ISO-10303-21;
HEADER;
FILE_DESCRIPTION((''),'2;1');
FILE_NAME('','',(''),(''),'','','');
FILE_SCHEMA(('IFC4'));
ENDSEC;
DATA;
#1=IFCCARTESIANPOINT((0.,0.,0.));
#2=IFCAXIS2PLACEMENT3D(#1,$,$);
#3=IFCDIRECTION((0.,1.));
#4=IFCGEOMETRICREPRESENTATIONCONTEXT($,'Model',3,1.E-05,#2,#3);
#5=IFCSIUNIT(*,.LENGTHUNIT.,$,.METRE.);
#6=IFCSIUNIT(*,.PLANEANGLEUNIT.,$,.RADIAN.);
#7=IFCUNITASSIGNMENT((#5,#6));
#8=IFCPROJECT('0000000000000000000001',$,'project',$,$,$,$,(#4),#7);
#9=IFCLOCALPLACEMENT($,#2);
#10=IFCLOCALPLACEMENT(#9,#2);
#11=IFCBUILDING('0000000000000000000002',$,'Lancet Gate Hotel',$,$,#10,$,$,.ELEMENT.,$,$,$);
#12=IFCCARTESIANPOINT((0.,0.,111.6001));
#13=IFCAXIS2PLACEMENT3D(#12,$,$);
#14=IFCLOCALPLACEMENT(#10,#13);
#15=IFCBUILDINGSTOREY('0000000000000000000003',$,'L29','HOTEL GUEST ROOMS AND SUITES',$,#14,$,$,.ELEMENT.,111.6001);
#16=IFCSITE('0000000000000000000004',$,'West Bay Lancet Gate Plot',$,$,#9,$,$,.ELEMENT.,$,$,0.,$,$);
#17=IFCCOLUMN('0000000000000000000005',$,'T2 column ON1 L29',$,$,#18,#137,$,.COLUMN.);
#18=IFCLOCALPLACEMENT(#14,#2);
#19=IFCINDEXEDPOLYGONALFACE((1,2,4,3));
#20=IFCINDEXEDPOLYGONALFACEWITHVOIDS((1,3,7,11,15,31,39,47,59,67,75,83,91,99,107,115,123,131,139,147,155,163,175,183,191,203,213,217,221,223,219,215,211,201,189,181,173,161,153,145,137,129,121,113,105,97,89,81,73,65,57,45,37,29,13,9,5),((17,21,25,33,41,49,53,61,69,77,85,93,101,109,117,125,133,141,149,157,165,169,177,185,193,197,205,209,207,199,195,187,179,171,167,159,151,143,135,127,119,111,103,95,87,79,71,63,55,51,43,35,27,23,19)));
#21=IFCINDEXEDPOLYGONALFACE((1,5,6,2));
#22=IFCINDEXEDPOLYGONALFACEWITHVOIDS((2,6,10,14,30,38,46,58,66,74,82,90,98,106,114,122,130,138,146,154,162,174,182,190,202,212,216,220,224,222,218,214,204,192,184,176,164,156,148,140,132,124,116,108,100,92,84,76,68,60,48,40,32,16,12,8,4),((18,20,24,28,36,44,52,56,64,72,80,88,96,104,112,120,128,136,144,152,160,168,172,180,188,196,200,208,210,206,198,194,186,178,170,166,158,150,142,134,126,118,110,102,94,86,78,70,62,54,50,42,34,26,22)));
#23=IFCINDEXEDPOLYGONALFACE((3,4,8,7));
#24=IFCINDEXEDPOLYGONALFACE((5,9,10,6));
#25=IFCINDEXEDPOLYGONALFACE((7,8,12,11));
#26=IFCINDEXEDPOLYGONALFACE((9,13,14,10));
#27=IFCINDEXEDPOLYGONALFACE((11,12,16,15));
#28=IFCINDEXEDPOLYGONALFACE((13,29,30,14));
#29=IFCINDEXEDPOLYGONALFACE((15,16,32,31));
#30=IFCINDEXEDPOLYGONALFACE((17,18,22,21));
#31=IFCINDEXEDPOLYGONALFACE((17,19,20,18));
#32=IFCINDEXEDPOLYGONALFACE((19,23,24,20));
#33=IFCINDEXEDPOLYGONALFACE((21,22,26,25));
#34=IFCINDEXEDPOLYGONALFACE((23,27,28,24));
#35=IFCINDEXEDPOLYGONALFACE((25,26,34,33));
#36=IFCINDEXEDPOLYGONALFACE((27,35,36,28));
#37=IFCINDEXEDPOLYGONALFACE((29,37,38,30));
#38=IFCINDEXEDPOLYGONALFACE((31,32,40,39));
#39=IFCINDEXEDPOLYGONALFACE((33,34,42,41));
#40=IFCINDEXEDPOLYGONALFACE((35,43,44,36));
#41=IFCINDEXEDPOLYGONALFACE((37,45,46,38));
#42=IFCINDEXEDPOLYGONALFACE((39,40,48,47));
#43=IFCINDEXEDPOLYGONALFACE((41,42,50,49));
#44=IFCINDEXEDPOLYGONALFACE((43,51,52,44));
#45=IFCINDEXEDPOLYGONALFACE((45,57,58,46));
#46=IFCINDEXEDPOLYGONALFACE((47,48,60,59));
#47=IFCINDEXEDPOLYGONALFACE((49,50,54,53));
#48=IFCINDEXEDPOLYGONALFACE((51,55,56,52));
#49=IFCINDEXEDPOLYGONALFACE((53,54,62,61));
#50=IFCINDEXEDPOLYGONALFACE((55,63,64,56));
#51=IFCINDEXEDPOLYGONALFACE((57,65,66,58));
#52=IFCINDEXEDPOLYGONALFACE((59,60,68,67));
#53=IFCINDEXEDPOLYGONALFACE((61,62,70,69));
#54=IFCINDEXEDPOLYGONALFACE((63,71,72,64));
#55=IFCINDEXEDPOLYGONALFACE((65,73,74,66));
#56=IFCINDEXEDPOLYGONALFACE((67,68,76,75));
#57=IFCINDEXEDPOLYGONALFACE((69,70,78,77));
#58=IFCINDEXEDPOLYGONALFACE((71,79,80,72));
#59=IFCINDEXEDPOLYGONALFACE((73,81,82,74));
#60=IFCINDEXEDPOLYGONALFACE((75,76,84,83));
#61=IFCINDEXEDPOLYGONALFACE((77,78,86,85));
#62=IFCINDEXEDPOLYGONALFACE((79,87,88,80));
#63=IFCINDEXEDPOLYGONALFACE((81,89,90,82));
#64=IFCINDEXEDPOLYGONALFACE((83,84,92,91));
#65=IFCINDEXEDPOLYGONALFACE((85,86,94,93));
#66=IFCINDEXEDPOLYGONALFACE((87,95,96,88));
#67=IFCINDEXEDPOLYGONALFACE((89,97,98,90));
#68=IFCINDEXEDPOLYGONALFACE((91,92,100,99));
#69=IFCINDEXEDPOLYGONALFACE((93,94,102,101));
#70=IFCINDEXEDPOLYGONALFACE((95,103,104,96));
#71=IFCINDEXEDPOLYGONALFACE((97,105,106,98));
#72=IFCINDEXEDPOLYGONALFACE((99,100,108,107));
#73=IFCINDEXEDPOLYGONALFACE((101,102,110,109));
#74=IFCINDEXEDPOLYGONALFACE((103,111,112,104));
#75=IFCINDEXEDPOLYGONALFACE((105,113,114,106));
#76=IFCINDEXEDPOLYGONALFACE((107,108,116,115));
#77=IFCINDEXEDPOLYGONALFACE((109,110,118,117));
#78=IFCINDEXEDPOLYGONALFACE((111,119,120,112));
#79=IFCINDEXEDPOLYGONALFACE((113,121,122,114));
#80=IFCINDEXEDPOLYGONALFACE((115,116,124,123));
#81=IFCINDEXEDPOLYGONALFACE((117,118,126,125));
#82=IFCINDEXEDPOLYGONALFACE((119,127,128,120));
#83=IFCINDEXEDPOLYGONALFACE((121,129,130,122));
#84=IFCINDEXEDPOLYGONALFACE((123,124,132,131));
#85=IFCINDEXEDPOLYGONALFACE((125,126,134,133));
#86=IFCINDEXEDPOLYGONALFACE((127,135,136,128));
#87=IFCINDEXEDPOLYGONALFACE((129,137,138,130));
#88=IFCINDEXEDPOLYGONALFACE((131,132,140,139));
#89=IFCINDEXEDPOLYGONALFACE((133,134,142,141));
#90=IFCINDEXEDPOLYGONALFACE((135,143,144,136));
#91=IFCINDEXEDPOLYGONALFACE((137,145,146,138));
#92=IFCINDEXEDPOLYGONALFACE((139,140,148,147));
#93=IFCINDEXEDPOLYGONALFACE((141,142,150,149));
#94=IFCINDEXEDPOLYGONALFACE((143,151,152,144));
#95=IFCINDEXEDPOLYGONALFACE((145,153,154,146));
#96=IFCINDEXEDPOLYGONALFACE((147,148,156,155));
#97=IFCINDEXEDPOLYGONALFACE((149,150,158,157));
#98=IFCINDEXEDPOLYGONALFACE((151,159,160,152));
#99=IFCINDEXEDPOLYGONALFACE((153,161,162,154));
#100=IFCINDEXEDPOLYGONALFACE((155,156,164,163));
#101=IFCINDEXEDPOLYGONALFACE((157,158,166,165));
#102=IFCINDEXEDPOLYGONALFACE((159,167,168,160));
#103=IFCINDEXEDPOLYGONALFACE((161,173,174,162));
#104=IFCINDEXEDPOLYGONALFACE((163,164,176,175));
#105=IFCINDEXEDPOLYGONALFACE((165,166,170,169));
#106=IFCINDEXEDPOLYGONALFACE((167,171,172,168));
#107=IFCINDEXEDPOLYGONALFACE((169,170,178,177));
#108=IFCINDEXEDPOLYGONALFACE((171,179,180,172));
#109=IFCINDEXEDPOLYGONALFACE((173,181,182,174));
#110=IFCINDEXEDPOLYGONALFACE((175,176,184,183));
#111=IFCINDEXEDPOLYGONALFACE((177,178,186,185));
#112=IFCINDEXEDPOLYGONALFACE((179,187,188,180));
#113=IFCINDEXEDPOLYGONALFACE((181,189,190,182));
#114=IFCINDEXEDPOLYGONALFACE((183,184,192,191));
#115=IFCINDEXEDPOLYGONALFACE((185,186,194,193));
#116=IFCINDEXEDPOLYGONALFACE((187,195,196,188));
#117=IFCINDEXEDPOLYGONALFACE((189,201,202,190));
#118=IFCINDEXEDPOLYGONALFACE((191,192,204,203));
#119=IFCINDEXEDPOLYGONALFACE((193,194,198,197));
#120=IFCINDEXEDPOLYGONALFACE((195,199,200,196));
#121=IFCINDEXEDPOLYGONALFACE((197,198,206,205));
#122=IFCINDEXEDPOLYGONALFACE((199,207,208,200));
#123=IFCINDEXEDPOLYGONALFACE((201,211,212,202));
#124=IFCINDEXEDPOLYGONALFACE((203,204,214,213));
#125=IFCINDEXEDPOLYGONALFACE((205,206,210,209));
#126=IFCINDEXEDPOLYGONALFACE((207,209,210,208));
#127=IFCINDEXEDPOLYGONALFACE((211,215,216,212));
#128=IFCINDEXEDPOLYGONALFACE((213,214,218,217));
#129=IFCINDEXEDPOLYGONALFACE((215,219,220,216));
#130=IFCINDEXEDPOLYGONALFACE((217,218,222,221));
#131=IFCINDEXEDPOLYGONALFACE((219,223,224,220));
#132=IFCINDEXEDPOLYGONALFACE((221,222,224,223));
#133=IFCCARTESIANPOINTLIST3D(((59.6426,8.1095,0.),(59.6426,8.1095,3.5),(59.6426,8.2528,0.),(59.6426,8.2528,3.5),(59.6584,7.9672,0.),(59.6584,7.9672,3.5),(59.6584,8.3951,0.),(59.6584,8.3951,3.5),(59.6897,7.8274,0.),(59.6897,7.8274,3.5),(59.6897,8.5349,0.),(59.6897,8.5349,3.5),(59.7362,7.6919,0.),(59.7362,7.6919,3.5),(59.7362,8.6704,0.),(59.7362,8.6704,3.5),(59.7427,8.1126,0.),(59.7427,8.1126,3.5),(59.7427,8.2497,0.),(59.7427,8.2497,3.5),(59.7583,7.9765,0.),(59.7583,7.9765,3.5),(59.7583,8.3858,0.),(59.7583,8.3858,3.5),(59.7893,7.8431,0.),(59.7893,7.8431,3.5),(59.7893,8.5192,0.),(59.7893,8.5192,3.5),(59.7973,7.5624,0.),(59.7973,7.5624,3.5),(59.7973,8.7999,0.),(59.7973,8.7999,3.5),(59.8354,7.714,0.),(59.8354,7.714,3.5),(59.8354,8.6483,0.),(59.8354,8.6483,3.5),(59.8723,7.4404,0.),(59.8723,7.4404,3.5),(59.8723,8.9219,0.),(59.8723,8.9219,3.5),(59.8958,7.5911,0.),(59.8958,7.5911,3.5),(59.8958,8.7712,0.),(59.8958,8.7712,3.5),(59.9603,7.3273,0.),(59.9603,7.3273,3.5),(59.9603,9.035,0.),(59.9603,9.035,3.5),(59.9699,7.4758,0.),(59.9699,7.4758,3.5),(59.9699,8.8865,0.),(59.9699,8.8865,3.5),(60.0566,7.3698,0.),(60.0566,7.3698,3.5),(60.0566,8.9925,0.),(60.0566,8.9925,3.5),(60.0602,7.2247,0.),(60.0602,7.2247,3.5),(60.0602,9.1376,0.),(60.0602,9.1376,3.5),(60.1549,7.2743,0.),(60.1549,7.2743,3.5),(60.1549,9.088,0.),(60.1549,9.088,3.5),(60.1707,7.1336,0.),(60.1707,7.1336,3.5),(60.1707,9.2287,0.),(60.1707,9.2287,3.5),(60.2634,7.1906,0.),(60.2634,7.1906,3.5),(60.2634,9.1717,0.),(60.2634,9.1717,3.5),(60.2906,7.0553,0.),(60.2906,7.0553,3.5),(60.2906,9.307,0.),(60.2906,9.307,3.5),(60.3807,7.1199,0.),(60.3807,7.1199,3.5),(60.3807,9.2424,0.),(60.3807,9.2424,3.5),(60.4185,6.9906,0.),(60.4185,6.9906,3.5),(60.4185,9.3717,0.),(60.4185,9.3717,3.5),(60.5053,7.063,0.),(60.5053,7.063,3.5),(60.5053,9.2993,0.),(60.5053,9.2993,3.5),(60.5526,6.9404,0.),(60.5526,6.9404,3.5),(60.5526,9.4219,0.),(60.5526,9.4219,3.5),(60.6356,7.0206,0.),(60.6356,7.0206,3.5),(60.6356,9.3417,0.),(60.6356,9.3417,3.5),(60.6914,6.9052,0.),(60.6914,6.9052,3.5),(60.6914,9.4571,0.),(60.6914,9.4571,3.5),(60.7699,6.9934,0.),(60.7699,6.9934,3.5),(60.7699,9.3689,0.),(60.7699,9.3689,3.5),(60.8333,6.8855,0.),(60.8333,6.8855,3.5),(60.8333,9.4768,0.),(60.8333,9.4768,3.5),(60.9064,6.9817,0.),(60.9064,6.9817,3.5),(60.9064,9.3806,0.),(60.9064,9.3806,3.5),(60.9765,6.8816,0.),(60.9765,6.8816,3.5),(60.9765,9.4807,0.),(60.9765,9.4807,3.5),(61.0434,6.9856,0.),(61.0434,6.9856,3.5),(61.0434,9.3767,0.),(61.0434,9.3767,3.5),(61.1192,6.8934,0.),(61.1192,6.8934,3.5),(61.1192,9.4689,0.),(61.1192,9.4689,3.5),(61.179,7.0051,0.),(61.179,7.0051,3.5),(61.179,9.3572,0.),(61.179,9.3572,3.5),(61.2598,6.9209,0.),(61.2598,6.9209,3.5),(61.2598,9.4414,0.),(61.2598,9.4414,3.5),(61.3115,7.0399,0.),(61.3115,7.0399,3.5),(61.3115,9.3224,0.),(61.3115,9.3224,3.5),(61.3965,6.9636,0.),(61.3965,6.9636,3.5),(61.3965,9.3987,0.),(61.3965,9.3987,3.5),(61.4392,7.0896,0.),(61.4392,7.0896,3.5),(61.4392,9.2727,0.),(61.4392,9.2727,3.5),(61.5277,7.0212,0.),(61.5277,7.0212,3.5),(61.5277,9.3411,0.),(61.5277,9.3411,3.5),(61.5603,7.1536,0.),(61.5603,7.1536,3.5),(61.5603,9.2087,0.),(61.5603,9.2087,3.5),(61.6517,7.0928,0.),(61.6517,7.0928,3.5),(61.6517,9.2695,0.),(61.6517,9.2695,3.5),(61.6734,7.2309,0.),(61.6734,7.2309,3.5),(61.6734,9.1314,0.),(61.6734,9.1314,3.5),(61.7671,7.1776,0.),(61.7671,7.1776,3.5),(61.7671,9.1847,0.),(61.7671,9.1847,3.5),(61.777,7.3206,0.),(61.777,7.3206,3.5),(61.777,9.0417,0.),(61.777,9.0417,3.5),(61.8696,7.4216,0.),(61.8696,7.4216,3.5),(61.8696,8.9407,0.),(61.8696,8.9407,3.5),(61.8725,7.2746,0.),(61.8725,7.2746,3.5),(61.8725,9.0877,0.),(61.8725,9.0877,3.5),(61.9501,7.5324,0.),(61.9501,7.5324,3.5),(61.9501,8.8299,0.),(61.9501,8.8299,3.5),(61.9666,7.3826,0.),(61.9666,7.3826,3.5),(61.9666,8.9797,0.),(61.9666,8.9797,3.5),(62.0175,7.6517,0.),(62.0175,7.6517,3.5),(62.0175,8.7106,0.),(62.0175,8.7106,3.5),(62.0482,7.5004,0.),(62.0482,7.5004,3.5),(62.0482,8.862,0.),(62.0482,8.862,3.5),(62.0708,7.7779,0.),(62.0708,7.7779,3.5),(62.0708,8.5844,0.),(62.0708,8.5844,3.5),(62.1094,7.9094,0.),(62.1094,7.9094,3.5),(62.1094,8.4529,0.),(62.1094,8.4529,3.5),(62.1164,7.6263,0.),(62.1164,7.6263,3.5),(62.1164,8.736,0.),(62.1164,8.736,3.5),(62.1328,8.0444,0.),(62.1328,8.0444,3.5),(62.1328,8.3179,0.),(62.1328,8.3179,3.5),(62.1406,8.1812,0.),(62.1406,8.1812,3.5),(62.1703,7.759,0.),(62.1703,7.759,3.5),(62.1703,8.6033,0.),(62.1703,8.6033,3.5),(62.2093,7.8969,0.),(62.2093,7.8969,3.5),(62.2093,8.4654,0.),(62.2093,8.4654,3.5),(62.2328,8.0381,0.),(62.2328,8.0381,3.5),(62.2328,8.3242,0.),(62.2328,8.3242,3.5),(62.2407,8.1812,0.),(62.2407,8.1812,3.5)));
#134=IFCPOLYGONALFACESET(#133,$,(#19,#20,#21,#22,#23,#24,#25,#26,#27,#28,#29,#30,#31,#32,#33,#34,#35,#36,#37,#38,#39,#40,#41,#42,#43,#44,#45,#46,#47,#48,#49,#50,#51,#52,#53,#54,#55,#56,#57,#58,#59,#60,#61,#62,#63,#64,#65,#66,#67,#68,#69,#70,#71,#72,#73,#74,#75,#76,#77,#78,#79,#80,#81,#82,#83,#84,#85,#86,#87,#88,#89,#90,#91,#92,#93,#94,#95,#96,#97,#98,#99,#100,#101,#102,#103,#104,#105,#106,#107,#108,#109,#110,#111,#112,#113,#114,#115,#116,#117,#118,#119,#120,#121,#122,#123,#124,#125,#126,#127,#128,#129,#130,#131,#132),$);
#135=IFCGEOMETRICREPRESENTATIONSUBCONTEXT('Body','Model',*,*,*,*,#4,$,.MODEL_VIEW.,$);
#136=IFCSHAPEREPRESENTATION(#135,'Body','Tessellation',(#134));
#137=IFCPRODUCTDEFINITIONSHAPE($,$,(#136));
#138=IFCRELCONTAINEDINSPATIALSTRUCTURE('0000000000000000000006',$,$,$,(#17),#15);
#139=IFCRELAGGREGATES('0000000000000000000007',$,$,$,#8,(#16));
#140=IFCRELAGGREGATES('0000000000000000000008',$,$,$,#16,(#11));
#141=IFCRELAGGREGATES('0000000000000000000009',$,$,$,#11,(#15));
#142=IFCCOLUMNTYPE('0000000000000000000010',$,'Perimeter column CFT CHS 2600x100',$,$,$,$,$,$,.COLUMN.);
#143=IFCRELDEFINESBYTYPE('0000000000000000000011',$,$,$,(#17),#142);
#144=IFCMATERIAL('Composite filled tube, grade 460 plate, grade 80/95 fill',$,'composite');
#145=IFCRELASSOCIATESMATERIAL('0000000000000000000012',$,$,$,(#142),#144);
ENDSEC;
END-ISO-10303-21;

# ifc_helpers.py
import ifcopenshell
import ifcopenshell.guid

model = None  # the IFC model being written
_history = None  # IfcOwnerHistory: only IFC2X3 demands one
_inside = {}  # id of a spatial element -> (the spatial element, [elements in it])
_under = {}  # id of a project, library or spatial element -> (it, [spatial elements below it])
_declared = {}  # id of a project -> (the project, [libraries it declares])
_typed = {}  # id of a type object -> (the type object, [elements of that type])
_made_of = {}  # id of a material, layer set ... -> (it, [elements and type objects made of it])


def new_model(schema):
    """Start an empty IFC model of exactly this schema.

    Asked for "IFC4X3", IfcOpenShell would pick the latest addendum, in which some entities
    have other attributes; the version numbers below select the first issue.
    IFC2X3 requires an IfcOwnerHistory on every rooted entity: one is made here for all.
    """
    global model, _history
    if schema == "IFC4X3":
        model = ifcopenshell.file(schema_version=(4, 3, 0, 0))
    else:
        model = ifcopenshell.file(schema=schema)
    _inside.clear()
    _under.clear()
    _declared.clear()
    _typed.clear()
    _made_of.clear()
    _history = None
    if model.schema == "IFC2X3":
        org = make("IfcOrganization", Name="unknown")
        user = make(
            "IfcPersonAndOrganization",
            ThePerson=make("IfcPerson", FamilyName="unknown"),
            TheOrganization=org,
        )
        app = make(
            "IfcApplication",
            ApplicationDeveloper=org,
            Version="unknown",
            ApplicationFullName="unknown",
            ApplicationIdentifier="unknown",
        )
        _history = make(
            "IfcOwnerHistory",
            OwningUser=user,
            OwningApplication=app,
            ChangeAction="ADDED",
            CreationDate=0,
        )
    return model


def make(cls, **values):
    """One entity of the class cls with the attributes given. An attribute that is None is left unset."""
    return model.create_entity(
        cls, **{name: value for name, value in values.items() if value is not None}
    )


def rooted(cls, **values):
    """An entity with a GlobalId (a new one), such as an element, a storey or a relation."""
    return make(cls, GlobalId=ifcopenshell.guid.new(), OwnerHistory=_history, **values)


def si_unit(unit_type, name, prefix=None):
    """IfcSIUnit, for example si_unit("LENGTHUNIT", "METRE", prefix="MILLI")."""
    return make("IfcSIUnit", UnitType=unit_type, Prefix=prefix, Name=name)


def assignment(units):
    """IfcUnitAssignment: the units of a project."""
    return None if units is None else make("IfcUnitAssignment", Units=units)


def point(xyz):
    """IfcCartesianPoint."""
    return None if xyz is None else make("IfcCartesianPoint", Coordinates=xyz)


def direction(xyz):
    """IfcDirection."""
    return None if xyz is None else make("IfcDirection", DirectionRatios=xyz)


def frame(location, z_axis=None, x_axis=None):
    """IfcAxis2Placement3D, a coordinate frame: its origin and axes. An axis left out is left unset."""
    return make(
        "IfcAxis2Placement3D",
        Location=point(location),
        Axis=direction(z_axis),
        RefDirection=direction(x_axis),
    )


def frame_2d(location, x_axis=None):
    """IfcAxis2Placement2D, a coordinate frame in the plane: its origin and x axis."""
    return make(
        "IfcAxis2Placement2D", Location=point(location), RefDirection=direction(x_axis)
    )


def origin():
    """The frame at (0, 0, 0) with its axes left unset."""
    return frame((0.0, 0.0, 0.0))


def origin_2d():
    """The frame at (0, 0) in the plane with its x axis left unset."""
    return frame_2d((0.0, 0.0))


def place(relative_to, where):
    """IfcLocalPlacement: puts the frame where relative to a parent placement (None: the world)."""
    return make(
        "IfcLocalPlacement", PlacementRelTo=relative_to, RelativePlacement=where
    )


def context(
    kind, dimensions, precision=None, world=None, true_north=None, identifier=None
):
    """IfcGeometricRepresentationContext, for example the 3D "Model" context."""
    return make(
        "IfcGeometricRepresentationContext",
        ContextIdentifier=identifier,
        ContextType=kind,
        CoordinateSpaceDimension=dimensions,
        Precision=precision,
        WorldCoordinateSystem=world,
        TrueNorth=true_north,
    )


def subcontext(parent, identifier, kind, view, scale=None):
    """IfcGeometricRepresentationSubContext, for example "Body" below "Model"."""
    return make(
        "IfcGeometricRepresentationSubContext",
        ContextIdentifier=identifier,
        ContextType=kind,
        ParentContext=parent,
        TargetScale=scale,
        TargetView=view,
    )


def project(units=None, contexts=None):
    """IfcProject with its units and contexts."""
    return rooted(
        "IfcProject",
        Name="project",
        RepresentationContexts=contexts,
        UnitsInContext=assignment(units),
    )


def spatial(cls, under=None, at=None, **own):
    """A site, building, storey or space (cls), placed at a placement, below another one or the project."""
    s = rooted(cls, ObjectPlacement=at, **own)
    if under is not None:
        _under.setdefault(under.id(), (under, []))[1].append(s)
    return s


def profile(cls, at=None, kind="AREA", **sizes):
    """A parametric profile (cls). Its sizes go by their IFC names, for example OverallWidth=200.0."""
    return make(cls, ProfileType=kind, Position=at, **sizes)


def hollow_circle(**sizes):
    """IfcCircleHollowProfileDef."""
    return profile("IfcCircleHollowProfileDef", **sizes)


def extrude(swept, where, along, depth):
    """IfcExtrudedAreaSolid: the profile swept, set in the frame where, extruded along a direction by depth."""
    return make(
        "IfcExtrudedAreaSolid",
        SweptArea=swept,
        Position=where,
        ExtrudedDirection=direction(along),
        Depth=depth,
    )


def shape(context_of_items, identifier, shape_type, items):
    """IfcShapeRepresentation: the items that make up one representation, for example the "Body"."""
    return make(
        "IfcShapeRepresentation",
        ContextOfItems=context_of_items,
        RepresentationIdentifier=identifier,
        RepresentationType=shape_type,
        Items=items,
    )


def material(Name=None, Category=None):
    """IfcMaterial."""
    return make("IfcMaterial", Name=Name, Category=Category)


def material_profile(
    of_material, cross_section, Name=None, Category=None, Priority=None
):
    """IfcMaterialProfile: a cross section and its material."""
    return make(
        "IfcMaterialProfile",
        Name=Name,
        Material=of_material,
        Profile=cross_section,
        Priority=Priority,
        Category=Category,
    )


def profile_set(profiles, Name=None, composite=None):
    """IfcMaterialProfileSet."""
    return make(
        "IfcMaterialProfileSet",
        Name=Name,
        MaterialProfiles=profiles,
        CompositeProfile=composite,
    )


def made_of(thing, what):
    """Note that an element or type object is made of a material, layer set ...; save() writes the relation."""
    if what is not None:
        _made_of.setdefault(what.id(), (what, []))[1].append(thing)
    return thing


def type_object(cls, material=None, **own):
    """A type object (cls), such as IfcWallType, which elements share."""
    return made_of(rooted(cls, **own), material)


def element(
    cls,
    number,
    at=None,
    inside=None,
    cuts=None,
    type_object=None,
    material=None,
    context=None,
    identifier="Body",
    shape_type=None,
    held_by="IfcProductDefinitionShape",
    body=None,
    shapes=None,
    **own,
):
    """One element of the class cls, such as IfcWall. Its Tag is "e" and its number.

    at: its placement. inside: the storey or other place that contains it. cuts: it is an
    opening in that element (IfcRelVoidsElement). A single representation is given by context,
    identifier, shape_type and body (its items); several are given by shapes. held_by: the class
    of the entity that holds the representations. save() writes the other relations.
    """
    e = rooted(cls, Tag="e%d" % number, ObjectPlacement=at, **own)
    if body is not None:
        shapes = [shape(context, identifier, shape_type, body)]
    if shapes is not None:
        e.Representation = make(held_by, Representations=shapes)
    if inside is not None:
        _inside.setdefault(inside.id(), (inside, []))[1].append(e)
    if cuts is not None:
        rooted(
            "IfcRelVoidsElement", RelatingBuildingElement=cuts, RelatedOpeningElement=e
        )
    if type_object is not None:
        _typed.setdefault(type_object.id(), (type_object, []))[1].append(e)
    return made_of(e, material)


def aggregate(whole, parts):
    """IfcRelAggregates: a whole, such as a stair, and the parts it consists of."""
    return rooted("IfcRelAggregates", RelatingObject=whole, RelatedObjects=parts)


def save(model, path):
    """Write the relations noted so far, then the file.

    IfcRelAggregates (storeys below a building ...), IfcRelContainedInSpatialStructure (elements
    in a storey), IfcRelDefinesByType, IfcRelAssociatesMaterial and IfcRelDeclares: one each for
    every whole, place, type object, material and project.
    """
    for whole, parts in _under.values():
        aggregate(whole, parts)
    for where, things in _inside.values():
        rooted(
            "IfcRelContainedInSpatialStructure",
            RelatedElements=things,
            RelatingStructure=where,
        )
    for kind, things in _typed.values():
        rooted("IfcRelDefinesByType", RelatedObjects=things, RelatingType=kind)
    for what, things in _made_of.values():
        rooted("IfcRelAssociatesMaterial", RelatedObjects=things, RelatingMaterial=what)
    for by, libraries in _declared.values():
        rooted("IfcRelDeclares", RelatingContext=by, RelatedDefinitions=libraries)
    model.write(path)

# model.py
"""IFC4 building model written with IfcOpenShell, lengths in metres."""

from ifc_helpers import new_model, si_unit, direction, frame, origin, origin_2d, place, context, subcontext, project, spatial, hollow_circle, extrude, material, material_profile, profile_set, type_object, element, save


model = new_model("IFC4")

# Units and contexts
model_context = context("Model", 3, precision=1e-05, world=origin(), true_north=direction((0.0, 1.0)))
body_context = subcontext(model_context, "Body", "Model", "MODEL_VIEW")
ifc_project = project(units=[si_unit("LENGTHUNIT", "METRE"), si_unit("PLANEANGLEUNIT", "RADIAN")], contexts=[model_context])

# Site, building, storey
site_placement = place(None, origin())
site = spatial("IfcSite", under=ifc_project, at=site_placement, Name="West Bay Lancet Gate Plot", CompositionType="ELEMENT", RefElevation=0.0)
building_placement = place(site_placement, origin())
building = spatial("IfcBuilding", under=site, at=building_placement, Name="Lancet Gate Hotel", CompositionType="ELEMENT")
storey_placement = place(building_placement, frame((0.0, 0.0, 111.6001)))
storey = spatial("IfcBuildingStorey", under=building, at=storey_placement, Name="L29", Description="HOTEL GUEST ROOMS AND SUITES", CompositionType="ELEMENT", Elevation=111.6001)

# Column
ifc_material_1 = material(Name="Composite filled tube, grade 460 plate, grade 80/95 fill", Category="composite")
ifc_material_profile_1 = material_profile(ifc_material_1, hollow_circle(Radius=1.3, WallThickness=0.1001, at=origin_2d()), Name="CHS 2600x100")
ifc_profile_set_1 = profile_set([ifc_material_profile_1], Name="Composite filled tube, grade 460 plate, grade 80/95 fill")
column_type = type_object("IfcColumnType", Name="Perimeter column CFT CHS 2600x100", PredefinedType="COLUMN", material=ifc_profile_set_1)
for number, where, z_axis, x_axis, name in (
    (1, (60.9407, 8.1812, 0.0), (0.0, 0.0, 1.0), (1.0, 0.0, 0.0), "T2 column ON1 L29"),
):
    element("IfcColumn", number, at=place(storey_placement, frame(where, z_axis=z_axis, x_axis=x_axis)), inside=storey, type_object=column_type, Name=name, PredefinedType="COLUMN", context=body_context, shape_type="SweptSolid", body=[
        extrude(hollow_circle(Radius=1.3, WallThickness=0.1001, at=origin_2d()), origin(), (0.0, 0.0, 1.0), 3.5),
    ])

save(model, "model.ifc")
